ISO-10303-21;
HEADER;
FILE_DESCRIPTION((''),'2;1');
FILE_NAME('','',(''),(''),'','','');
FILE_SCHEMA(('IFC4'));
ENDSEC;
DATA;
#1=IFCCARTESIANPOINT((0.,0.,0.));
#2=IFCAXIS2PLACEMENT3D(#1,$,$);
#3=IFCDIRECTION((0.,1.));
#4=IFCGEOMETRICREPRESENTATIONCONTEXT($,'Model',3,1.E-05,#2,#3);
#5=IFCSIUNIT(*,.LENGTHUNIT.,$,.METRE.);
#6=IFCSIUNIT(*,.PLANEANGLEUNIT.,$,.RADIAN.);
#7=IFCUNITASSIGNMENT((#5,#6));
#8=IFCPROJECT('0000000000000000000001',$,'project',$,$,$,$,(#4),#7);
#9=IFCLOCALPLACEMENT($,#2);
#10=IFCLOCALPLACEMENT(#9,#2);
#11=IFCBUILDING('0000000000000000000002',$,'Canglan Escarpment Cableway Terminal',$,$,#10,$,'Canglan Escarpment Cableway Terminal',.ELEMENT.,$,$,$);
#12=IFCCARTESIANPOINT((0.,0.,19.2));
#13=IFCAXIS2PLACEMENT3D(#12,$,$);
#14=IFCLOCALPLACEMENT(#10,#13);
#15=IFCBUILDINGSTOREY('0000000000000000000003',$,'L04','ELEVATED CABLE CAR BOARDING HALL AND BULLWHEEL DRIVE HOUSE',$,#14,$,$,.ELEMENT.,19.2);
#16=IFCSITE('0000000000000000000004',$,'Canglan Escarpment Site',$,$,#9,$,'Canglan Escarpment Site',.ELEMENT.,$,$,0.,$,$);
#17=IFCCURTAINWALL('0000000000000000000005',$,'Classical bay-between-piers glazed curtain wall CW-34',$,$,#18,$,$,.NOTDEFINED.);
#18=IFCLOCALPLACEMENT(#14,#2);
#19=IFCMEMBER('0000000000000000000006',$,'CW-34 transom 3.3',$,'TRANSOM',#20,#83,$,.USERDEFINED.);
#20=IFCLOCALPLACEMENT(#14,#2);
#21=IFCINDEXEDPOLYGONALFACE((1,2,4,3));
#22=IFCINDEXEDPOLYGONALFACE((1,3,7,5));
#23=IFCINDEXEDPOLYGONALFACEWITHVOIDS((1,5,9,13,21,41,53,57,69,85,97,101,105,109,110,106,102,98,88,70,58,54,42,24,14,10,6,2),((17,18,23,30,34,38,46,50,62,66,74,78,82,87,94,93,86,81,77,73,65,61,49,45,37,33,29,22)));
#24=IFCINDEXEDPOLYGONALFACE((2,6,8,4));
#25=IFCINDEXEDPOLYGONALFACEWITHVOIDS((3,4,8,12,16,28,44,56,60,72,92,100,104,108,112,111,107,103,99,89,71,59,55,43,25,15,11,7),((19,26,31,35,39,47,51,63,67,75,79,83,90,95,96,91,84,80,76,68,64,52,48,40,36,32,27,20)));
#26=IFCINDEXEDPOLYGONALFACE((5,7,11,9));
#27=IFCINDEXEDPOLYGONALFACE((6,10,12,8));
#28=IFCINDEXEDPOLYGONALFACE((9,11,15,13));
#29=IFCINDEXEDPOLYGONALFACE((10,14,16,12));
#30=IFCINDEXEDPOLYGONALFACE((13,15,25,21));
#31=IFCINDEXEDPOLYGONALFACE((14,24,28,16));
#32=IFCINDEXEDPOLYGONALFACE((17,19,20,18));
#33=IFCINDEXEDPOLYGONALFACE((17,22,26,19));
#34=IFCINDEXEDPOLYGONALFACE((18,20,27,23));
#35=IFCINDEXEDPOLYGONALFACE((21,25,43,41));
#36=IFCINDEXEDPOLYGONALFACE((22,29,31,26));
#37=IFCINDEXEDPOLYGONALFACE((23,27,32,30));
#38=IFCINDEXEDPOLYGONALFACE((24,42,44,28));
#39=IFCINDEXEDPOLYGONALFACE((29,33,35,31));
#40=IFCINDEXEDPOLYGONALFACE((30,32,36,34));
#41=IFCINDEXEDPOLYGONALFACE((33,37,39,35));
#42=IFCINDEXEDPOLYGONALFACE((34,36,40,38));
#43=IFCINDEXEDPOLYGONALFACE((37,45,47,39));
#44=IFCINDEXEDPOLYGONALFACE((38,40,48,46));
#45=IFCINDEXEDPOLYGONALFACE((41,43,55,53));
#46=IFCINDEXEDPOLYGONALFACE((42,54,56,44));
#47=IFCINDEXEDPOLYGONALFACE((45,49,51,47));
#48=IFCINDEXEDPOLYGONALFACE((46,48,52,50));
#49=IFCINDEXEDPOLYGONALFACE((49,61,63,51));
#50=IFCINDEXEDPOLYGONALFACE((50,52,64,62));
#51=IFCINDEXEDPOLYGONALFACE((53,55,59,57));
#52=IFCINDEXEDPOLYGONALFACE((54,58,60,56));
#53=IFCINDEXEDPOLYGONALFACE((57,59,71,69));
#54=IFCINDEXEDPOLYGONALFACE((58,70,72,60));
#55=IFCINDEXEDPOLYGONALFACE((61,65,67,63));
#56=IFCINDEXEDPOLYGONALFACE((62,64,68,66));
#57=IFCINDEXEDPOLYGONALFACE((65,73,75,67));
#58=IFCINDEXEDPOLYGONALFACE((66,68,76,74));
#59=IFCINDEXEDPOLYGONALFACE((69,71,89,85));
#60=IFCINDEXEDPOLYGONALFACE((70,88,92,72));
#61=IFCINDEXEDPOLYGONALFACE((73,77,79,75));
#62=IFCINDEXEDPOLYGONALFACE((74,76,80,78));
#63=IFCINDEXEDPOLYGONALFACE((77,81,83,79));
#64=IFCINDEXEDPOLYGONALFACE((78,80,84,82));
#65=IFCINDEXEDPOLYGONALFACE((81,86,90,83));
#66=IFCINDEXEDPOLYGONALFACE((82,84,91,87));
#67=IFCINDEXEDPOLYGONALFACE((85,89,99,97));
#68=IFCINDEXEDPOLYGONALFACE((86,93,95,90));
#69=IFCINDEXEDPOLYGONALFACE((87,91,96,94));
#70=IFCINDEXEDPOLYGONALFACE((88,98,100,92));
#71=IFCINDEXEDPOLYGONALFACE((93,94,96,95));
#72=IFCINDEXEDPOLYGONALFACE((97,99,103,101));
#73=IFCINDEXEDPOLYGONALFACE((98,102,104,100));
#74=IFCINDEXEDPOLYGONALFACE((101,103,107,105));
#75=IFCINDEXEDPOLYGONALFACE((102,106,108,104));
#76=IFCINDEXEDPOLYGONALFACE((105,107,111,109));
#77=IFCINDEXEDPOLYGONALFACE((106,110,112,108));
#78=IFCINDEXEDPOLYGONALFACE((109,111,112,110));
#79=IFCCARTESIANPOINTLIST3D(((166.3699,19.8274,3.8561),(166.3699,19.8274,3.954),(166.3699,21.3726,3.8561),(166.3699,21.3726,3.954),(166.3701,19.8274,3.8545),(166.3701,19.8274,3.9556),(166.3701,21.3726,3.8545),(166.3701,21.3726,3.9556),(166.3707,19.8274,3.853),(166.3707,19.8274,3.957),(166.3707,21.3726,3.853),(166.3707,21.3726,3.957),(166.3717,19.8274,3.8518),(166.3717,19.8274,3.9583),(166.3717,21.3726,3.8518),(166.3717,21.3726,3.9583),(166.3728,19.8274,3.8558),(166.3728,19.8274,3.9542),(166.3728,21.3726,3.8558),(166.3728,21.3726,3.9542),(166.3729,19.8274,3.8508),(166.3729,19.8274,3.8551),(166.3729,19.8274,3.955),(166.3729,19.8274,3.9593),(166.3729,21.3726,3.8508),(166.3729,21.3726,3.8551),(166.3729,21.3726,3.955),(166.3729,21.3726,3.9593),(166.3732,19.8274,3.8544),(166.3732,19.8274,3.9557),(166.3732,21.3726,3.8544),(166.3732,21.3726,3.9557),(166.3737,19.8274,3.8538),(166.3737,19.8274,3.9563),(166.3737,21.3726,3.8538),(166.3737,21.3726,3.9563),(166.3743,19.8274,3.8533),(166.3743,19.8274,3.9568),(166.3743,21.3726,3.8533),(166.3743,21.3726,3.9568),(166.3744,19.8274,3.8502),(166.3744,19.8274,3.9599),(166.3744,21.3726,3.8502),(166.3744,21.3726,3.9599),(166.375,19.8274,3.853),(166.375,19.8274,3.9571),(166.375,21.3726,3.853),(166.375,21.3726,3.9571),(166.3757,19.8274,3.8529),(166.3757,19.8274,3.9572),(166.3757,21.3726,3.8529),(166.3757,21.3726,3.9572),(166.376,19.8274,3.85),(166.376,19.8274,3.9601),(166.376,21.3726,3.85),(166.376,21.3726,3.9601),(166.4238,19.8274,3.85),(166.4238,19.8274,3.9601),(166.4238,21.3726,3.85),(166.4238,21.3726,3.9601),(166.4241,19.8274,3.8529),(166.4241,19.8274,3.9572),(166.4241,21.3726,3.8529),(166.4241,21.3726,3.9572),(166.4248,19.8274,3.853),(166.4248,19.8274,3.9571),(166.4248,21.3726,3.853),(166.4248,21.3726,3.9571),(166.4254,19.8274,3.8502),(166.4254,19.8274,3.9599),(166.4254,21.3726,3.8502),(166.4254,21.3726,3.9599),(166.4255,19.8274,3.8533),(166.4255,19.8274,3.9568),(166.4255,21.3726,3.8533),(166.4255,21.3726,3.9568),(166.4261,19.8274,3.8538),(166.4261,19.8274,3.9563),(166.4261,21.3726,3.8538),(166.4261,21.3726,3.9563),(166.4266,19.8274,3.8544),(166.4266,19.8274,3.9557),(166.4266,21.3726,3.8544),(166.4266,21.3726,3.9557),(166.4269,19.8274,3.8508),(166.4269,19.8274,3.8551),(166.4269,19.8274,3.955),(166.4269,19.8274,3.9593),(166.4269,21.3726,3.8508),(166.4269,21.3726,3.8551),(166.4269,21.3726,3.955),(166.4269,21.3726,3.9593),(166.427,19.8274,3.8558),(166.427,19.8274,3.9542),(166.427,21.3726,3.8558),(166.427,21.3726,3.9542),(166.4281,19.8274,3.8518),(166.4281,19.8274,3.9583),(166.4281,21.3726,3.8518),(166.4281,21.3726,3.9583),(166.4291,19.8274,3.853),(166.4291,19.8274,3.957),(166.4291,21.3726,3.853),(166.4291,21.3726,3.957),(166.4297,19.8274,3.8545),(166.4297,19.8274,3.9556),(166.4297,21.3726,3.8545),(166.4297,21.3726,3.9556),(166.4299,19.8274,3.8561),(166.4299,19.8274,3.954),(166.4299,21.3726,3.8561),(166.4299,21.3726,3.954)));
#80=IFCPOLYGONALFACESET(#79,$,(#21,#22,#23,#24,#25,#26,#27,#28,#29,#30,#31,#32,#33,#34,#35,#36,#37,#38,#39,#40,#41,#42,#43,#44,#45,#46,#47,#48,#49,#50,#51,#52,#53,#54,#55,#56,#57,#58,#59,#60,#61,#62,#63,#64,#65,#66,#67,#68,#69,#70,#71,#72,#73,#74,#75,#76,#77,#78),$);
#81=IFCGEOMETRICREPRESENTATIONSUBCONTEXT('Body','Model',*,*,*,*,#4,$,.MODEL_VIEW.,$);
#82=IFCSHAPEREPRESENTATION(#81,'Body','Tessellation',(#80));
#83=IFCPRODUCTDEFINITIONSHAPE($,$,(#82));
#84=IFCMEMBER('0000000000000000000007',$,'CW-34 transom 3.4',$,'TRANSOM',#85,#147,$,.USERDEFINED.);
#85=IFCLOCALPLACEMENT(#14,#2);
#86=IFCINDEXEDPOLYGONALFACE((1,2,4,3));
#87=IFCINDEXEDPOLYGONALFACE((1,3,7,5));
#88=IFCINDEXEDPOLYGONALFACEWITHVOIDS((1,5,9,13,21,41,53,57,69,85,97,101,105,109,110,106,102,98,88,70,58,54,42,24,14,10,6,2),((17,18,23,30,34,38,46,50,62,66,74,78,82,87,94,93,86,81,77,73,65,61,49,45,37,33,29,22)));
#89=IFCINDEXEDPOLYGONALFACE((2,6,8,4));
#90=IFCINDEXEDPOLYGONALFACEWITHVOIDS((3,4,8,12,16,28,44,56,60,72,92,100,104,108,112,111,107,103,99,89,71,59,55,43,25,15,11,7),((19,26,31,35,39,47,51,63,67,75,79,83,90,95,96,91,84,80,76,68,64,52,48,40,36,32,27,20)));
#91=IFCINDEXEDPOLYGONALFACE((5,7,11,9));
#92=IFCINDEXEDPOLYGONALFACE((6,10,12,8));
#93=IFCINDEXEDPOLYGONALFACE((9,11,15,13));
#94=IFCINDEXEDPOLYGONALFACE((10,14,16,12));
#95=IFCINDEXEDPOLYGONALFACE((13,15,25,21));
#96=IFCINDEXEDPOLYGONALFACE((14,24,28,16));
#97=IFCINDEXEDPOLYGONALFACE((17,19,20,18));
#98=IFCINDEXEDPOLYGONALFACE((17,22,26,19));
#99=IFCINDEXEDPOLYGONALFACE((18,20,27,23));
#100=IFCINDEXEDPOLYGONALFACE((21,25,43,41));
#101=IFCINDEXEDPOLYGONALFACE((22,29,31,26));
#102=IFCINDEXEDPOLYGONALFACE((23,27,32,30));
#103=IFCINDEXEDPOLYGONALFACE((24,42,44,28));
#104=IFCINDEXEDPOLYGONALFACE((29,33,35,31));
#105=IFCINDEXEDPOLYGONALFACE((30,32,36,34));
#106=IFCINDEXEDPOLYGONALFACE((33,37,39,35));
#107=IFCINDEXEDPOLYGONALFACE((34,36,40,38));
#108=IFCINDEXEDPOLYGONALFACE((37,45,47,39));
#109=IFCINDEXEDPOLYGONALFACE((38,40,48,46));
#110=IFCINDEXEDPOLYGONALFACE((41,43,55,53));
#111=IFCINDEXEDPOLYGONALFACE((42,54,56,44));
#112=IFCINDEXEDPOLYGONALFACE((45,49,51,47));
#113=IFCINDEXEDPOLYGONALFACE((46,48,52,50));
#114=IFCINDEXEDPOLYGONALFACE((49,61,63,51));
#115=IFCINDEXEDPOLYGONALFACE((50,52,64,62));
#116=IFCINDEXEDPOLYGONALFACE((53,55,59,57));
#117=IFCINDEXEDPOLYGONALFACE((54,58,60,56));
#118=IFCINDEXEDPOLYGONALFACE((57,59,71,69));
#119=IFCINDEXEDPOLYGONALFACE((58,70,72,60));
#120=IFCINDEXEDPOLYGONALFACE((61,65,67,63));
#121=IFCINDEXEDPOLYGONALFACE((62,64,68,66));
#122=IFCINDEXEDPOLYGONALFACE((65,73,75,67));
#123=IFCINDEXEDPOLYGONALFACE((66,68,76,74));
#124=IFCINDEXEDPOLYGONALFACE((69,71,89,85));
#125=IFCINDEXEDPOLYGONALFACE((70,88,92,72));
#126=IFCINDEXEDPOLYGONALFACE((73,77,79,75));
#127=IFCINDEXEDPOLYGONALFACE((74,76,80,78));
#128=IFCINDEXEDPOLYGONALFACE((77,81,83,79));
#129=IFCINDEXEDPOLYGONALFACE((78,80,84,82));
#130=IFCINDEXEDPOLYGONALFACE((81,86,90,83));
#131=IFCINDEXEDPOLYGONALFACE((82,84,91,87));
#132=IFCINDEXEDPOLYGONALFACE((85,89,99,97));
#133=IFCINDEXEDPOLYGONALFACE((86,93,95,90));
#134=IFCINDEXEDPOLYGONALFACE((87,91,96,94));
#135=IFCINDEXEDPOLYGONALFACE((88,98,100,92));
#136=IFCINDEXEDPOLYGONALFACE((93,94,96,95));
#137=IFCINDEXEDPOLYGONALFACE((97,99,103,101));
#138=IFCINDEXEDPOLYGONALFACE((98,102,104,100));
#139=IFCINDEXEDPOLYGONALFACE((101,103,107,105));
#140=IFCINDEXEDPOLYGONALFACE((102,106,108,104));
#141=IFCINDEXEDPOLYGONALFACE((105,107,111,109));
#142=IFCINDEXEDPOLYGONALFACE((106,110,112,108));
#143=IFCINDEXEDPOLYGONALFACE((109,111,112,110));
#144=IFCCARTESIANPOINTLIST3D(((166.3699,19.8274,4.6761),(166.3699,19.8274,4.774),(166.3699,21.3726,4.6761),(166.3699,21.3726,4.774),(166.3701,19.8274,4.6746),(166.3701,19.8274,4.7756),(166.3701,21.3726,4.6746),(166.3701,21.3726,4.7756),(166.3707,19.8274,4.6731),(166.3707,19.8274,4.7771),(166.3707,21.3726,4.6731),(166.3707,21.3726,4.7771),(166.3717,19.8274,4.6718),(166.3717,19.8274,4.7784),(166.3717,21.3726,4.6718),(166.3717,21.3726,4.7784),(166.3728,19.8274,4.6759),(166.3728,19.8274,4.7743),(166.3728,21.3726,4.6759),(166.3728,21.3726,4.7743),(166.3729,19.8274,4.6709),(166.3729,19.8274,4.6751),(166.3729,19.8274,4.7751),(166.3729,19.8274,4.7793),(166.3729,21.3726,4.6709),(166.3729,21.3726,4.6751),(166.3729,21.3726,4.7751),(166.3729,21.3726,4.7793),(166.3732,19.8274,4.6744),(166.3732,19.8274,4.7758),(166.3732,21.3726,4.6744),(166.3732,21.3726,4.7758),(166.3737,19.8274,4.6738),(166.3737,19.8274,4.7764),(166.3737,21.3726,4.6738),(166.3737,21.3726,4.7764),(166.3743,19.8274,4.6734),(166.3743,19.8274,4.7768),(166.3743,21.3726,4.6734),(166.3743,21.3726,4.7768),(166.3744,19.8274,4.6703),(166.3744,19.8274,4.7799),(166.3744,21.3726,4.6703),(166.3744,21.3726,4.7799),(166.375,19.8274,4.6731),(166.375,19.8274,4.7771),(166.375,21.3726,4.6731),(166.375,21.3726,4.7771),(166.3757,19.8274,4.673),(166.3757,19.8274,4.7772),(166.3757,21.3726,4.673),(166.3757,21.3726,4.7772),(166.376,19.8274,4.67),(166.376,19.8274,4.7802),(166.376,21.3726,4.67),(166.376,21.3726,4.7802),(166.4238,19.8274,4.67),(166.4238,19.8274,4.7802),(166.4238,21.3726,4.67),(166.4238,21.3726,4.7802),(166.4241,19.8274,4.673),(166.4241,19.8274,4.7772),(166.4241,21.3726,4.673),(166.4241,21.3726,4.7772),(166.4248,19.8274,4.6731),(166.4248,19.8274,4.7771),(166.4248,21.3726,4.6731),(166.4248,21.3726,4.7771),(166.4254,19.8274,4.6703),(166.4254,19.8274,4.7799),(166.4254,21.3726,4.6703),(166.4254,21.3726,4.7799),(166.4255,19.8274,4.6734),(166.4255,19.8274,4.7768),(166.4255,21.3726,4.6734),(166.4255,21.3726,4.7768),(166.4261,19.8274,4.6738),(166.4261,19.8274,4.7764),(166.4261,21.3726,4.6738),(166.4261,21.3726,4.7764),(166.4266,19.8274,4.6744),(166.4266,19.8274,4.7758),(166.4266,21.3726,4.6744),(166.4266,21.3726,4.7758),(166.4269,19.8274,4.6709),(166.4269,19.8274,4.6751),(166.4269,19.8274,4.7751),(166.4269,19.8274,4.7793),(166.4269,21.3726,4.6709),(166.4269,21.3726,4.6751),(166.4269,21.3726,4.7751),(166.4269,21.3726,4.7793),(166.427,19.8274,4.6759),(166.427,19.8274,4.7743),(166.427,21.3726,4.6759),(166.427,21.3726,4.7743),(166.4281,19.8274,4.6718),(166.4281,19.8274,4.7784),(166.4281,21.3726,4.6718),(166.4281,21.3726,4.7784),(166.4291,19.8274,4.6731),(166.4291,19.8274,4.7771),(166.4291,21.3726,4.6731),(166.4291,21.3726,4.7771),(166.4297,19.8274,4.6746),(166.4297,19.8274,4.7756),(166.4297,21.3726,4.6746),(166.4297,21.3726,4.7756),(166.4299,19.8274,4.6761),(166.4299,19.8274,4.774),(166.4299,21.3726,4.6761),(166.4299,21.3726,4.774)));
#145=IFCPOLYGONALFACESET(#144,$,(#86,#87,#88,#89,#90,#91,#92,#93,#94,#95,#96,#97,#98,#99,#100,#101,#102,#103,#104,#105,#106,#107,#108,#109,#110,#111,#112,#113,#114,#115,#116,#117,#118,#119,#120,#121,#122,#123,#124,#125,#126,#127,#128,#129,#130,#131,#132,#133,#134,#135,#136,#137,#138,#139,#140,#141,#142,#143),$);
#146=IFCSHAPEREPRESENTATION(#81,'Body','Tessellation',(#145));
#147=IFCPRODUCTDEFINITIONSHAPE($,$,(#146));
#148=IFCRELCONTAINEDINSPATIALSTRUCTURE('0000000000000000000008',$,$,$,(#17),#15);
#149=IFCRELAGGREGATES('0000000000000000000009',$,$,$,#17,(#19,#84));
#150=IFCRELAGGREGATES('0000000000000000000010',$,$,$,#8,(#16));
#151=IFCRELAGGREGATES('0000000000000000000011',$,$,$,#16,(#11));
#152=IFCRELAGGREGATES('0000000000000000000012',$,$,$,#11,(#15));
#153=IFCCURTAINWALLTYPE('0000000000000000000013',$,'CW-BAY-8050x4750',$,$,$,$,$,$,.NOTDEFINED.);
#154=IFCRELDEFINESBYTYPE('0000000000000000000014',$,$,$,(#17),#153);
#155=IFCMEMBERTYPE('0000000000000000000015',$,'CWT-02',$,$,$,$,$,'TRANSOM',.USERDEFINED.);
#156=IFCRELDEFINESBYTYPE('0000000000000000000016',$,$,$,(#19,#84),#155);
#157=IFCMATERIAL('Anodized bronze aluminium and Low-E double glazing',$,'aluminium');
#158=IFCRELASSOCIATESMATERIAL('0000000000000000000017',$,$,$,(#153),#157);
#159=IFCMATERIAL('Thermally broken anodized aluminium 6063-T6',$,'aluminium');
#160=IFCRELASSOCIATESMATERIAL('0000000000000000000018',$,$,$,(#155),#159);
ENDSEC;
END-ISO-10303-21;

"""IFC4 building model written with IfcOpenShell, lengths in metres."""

from ifc_helpers import new_model, si_unit, direction, frame, origin, origin_2d, place, context, subcontext, project, spatial, hollow_rectangle, extrude, material, material_profile, profile_set, type_object, element, aggregate, save


model = new_model("IFC4")

# Units and contexts
model_context = context("Model", 3, precision=1e-05, world=origin(), true_north=direction((0.0, 1.0)))
body_context = subcontext(model_context, "Body", "Model", "MODEL_VIEW")
ifc_project = project(units=[si_unit("LENGTHUNIT", "METRE"), si_unit("PLANEANGLEUNIT", "RADIAN")], contexts=[model_context])

# Site, building, storey
site_placement = place(None, origin())
site = spatial("IfcSite", under=ifc_project, at=site_placement, Name="Canglan Escarpment Site", LongName="Canglan Escarpment Site", CompositionType="ELEMENT", RefElevation=0.0)
building_placement = place(site_placement, origin())
building = spatial("IfcBuilding", under=site, at=building_placement, Name="Canglan Escarpment Cableway Terminal", LongName="Canglan Escarpment Cableway Terminal", CompositionType="ELEMENT")
storey_placement = place(building_placement, frame((0.0, 0.0, 19.2)))
storey = spatial("IfcBuildingStorey", under=building, at=storey_placement, Name="L04", Description="ELEVATED CABLE CAR BOARDING HALL AND BULLWHEEL DRIVE HOUSE", CompositionType="ELEMENT", Elevation=19.2)

# Curtain wall
ifc_material_1 = material(Name="Anodized bronze aluminium and Low-E double glazing", Category="aluminium")
curtain_wall_type_1 = type_object("IfcCurtainWallType", Name="CW-BAY-8050x4750", PredefinedType="NOTDEFINED", material=ifc_material_1)
curtain_wall_1_placement = place(storey_placement, origin())
curtain_wall_1 = element("IfcCurtainWall", 1, at=curtain_wall_1_placement, inside=storey, type_object=curtain_wall_type_1, Name="Classical bay-between-piers glazed curtain wall CW-34", PredefinedType="NOTDEFINED")
ifc_material_2 = material(Name="Thermally broken anodized aluminium 6063-T6", Category="aluminium")

# Members
ifc_material_profile_1 = material_profile(ifc_material_2, hollow_rectangle(XDim=0.0601, YDim=0.1101, WallThickness=0.0029, InnerFilletRadius=0.0029, OuterFilletRadius=0.0061, at=origin_2d()), Name="ALU-TRAN 60x110x3")
ifc_profile_set_1 = profile_set([ifc_material_profile_1], Name="Thermally broken anodized aluminium 6063-T6")
member_type_1 = type_object("IfcMemberType", Name="CWT-02", ElementType="TRANSOM", PredefinedType="USERDEFINED", material=ifc_profile_set_1)
member_1_placement = place(storey_placement, frame((166.3999, 19.8274, 3.905), z_axis=(0.0, 1.0, 0.0), x_axis=(-1.0, 0.0, 0.0)))
member_1 = element("IfcMember", 2, at=member_1_placement, type_object=member_type_1, Name="CW-34 transom 3.3", ObjectType="TRANSOM", PredefinedType="USERDEFINED", context=body_context, shape_type="SweptSolid", body=[
    extrude(hollow_rectangle(XDim=0.0601, YDim=0.1101, WallThickness=0.0029, InnerFilletRadius=0.0029, OuterFilletRadius=0.0061, at=origin_2d()), origin(), (0.0, 0.0, 1.0), 1.5452),
])
member_2_placement = place(storey_placement, frame((166.3999, 19.8274, 4.7251), z_axis=(0.0, 1.0, 0.0), x_axis=(-1.0, 0.0, 0.0)))
member_2 = element("IfcMember", 3, at=member_2_placement, type_object=member_type_1, Name="CW-34 transom 3.4", ObjectType="TRANSOM", PredefinedType="USERDEFINED", context=body_context, shape_type="SweptSolid", body=[
    extrude(hollow_rectangle(XDim=0.0601, YDim=0.1101, WallThickness=0.0029, InnerFilletRadius=0.0029, OuterFilletRadius=0.0061, at=origin_2d()), origin(), (0.0, 0.0, 1.0), 1.5452),
])

aggregate(curtain_wall_1, [member_1, member_2])

save(model, "model.ifc")
